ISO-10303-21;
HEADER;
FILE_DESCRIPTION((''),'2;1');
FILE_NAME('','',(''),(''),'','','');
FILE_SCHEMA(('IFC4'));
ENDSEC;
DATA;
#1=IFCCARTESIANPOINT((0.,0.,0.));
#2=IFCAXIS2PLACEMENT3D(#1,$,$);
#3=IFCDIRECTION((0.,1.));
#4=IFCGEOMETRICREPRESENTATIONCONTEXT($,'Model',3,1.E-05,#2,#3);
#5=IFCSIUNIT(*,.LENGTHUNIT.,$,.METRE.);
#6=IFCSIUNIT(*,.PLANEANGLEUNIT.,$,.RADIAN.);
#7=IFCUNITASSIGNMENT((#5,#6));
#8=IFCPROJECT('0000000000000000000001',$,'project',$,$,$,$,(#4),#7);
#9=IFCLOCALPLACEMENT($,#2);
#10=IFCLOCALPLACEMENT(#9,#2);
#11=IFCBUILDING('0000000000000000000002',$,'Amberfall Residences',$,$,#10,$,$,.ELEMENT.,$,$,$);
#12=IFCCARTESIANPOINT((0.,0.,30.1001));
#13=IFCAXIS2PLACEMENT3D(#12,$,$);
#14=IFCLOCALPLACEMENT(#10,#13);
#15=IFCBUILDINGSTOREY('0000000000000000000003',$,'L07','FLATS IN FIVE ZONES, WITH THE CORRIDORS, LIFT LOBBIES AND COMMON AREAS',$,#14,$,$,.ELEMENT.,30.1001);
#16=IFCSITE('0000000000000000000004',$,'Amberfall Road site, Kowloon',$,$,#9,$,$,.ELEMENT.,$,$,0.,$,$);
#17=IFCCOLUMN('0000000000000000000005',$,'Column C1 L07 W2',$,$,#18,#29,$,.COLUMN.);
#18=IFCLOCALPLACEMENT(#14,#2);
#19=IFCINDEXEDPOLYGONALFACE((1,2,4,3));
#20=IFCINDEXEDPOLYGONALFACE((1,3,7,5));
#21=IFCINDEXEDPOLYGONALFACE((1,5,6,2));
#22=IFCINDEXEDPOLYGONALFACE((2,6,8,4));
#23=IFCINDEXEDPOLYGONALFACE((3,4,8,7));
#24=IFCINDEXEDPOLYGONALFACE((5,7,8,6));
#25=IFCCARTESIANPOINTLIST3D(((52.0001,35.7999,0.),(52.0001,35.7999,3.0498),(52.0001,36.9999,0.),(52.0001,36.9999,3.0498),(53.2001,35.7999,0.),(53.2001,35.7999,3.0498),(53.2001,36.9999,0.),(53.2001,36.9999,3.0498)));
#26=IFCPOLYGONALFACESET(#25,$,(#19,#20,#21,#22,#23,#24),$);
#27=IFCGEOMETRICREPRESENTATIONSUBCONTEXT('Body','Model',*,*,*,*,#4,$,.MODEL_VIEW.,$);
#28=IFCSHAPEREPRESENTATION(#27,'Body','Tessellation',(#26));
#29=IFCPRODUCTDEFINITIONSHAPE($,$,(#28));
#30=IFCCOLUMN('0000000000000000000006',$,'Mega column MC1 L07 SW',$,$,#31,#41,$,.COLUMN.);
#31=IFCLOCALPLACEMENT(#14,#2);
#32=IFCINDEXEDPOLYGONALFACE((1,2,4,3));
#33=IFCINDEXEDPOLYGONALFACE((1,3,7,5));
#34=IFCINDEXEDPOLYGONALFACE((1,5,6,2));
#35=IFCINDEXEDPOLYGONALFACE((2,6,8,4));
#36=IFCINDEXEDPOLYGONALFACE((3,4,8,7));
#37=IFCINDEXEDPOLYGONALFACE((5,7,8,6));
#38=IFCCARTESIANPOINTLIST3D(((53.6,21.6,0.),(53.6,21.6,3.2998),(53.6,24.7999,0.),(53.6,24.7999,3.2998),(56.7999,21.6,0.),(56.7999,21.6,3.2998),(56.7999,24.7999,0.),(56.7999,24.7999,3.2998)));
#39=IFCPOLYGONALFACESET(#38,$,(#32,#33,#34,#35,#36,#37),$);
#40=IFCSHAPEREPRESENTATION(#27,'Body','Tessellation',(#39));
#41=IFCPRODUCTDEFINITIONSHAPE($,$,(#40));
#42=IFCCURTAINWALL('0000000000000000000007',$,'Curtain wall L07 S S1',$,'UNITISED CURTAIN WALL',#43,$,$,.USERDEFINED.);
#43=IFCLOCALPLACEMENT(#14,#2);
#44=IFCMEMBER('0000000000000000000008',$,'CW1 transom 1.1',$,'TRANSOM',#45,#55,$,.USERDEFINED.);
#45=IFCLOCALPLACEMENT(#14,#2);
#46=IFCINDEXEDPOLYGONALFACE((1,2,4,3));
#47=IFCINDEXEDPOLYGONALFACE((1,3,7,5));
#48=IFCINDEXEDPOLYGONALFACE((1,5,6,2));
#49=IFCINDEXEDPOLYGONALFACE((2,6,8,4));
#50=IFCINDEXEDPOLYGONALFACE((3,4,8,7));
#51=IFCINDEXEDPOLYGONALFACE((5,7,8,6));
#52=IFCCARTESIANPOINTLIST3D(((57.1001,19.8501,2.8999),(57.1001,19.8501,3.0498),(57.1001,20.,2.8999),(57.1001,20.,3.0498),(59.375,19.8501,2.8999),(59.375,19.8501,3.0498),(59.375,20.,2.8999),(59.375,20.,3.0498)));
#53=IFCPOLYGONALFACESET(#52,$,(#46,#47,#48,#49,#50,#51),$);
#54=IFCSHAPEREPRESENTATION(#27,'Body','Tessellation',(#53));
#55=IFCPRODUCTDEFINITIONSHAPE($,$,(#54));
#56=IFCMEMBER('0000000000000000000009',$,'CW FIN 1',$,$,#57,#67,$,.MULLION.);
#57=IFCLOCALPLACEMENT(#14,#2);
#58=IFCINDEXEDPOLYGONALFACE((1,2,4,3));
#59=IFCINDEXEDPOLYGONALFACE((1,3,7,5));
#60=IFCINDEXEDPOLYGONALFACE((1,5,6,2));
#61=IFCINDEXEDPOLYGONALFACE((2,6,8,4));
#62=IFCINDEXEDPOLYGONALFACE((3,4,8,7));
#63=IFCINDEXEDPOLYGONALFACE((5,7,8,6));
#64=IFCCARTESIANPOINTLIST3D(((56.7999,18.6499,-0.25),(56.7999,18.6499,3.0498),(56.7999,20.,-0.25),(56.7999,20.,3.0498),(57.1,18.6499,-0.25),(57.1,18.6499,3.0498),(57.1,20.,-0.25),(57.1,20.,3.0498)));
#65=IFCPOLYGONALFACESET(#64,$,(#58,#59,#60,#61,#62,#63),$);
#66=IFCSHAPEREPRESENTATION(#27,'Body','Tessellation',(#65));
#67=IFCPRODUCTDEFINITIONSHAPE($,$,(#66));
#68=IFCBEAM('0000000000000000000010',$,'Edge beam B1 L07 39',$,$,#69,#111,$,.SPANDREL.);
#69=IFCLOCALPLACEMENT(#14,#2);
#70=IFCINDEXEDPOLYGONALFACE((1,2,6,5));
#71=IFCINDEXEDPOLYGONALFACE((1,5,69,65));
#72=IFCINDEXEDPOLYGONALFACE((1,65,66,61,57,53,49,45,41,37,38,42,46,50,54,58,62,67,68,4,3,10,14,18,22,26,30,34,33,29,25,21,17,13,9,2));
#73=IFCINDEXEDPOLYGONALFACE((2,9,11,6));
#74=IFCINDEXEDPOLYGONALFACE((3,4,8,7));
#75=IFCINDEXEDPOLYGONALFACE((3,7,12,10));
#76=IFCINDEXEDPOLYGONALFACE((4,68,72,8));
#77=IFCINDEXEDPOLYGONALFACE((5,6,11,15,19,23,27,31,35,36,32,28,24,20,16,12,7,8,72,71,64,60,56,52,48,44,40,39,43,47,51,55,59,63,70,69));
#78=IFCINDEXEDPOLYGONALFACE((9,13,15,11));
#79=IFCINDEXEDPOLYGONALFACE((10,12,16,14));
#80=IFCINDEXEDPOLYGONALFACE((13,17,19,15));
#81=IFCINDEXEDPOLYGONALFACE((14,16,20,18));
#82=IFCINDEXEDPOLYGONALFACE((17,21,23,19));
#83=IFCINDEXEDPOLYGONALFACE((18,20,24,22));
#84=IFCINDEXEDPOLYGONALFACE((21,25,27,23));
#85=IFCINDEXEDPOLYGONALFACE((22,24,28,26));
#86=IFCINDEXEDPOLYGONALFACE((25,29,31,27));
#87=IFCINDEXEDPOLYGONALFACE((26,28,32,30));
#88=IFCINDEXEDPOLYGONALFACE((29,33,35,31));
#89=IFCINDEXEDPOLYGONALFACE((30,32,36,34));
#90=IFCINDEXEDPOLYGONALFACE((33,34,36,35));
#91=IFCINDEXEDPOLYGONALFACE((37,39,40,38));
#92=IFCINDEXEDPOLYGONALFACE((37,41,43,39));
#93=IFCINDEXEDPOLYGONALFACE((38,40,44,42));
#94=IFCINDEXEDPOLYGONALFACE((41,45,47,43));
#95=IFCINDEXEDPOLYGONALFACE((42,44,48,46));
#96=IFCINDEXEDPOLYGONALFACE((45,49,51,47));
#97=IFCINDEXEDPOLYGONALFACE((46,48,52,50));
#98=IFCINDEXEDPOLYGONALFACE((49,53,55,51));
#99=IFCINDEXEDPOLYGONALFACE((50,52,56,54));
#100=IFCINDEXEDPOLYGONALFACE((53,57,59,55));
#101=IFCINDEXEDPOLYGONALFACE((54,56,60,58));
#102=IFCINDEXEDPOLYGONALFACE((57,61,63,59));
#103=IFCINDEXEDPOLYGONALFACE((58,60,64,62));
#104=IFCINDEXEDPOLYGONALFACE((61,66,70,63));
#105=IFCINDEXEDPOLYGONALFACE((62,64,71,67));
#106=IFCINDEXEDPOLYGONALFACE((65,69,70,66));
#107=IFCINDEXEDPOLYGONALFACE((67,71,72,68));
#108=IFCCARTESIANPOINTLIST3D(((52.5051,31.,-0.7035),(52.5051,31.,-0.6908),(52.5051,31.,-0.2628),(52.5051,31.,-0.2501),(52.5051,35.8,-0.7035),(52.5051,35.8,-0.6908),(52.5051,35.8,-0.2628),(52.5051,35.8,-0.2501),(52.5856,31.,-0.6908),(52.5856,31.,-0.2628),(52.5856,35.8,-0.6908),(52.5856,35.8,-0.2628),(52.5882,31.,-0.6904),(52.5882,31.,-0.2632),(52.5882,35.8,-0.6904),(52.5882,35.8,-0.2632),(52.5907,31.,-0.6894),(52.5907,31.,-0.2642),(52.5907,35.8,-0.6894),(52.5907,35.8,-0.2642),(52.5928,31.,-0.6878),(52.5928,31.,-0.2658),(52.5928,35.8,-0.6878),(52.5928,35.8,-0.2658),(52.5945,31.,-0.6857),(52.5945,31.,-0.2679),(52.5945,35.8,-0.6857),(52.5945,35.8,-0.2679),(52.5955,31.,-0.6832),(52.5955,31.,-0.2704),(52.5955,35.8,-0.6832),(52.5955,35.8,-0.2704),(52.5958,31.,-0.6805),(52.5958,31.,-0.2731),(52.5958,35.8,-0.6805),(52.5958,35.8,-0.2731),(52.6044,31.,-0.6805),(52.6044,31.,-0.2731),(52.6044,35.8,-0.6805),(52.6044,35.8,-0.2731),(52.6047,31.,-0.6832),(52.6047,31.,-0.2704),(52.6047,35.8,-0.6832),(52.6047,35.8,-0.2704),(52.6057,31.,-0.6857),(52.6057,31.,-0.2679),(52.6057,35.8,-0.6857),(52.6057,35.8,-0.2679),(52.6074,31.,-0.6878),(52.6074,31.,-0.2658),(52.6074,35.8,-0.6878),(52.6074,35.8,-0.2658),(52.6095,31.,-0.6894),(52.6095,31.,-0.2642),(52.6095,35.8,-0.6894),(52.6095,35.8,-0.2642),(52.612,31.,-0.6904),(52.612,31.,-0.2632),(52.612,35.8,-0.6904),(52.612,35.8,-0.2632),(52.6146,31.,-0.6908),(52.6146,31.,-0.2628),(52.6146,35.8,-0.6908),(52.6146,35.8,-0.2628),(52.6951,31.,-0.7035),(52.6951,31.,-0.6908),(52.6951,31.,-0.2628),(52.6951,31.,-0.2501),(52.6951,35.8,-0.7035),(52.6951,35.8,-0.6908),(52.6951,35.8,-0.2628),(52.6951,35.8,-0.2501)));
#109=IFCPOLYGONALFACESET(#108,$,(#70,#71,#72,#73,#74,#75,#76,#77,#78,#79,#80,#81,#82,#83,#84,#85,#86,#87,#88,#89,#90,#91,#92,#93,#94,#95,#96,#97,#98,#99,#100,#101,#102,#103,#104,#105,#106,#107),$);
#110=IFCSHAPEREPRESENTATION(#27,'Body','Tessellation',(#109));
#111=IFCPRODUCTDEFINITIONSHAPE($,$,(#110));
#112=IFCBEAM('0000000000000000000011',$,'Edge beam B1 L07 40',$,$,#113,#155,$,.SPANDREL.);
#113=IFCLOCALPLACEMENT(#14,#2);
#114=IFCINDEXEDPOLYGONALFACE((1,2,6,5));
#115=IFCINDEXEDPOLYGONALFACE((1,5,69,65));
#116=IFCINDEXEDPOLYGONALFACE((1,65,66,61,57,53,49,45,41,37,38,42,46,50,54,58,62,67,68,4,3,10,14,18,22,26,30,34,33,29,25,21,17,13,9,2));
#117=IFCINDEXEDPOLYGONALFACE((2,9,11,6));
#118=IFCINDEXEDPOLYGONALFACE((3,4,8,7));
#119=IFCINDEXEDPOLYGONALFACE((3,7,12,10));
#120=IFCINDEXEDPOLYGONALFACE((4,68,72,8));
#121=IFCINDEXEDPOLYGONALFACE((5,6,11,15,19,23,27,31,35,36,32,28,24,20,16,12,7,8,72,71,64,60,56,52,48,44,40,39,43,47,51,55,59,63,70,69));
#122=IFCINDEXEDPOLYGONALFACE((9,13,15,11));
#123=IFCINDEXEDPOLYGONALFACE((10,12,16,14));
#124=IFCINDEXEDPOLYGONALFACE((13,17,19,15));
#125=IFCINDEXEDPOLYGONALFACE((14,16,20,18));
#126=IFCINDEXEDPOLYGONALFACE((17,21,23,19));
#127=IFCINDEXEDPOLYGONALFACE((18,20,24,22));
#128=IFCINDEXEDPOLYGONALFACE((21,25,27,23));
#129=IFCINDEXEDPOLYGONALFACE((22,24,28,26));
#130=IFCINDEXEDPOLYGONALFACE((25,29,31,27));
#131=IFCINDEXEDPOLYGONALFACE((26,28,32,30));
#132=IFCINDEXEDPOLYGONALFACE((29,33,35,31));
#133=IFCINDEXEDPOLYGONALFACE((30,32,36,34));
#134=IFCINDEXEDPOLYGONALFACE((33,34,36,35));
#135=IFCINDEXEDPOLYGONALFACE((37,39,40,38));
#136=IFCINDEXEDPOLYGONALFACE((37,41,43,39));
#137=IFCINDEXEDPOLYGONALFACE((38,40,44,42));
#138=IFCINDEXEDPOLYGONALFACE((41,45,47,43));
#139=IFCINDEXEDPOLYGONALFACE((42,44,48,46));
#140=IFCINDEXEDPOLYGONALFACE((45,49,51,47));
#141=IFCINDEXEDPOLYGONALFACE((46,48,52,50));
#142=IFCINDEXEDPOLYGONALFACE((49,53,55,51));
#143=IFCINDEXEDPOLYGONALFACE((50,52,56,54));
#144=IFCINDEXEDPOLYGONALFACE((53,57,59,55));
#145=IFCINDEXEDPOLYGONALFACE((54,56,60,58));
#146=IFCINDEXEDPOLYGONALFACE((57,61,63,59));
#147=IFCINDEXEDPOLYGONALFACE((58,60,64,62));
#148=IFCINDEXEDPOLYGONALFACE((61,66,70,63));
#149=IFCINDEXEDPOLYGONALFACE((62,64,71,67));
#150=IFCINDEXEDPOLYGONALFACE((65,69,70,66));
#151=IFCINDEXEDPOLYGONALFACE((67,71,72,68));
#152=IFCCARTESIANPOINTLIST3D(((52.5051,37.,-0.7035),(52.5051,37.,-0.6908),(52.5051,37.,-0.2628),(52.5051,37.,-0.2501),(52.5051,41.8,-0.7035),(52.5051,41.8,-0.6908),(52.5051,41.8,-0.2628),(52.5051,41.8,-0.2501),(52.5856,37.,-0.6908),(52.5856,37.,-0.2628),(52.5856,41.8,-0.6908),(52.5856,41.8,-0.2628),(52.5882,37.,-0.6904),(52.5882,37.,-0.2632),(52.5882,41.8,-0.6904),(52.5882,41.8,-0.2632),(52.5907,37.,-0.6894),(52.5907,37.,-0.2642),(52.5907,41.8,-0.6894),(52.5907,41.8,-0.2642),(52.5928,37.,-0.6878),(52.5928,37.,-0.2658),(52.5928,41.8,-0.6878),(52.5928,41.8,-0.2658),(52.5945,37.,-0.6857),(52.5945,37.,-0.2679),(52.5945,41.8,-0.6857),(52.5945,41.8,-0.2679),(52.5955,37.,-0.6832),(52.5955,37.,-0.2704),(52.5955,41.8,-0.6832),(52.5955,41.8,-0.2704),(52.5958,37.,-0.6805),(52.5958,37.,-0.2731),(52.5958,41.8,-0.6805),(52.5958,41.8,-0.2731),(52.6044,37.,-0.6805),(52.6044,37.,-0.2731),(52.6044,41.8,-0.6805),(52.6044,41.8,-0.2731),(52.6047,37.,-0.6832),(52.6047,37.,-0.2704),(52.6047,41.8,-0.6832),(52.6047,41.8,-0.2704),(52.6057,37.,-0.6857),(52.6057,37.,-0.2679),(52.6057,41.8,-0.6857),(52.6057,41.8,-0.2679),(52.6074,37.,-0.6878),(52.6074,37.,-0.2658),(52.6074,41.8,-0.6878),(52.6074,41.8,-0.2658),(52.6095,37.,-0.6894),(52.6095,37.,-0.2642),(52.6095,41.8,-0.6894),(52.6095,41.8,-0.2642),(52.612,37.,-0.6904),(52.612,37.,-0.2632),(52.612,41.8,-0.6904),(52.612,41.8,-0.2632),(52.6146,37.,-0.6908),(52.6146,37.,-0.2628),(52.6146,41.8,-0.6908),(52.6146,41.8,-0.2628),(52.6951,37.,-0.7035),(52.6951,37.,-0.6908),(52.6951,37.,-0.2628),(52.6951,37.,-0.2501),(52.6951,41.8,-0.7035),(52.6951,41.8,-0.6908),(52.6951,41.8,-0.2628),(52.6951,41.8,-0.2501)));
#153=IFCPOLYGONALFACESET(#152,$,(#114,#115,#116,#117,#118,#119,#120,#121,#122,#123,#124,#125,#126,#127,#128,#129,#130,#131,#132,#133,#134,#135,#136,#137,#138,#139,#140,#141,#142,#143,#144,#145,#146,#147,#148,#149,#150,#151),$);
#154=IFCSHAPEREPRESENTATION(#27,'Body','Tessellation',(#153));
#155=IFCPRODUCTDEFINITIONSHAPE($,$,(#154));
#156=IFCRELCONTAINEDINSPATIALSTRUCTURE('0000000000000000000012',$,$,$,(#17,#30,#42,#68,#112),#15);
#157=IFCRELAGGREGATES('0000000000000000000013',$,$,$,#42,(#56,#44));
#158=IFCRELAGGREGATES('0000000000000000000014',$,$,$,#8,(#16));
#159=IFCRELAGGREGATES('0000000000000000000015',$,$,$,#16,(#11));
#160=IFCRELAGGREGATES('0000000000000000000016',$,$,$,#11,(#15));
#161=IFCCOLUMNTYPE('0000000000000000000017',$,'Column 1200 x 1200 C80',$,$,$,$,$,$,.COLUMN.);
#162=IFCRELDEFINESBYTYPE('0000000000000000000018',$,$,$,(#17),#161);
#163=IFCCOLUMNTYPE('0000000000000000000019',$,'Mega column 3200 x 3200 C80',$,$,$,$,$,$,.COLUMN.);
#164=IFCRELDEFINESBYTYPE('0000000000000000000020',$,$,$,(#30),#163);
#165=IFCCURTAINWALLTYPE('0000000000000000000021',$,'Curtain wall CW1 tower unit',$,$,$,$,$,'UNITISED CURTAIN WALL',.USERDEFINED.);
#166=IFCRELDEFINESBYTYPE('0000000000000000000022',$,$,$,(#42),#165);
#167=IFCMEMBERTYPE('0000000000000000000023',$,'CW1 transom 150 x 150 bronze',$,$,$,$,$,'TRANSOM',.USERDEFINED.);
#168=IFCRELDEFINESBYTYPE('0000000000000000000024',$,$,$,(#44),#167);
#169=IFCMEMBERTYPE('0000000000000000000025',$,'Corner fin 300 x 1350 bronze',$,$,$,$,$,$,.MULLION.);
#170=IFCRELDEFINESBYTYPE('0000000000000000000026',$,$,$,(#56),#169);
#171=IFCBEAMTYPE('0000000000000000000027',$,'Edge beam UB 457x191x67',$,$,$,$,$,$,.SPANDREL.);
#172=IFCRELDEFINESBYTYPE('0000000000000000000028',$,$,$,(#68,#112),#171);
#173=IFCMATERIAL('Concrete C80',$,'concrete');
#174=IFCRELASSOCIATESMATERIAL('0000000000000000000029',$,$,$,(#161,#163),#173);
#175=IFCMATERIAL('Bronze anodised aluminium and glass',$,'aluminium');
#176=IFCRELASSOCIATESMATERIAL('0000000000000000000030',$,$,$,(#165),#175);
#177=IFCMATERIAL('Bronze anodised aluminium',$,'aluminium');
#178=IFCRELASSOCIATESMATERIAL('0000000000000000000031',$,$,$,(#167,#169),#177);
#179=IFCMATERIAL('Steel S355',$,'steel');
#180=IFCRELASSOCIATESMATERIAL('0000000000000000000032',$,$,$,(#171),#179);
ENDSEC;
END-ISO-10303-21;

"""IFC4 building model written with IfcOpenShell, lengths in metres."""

from ifc_helpers import new_model, si_unit, direction, frame, origin, origin_2d, place, context, subcontext, project, spatial, rectangle, i_section, extrude, material, material_profile, profile_set, type_object, element, aggregate, save


model = new_model("IFC4")

# Units and contexts
model_context = context("Model", 3, precision=1e-05, world=origin(), true_north=direction((0.0, 1.0)))
body_context = subcontext(model_context, "Body", "Model", "MODEL_VIEW")
ifc_project = project(units=[si_unit("LENGTHUNIT", "METRE"), si_unit("PLANEANGLEUNIT", "RADIAN")], contexts=[model_context])

# Site, building, storey
site_placement = place(None, origin())
site = spatial("IfcSite", under=ifc_project, at=site_placement, Name="Amberfall Road site, Kowloon", CompositionType="ELEMENT", RefElevation=0.0)
building_placement = place(site_placement, origin())
building = spatial("IfcBuilding", under=site, at=building_placement, Name="Amberfall Residences", CompositionType="ELEMENT")
storey_placement = place(building_placement, frame((0.0, 0.0, 30.1001)))
storey = spatial("IfcBuildingStorey", under=building, at=storey_placement, Name="L07", Description="FLATS IN FIVE ZONES, WITH THE CORRIDORS, LIFT LOBBIES AND COMMON AREAS", CompositionType="ELEMENT", Elevation=30.1001)

# Columns
ifc_material_1 = material(Name="Concrete C80", Category="concrete")
ifc_material_profile_1 = material_profile(ifc_material_1, rectangle(XDim=1.2, YDim=1.2, at=origin_2d()), Name="Column 1200 x 1200 C80")
ifc_profile_set_1 = profile_set([ifc_material_profile_1], Name="Concrete C80")
column_type_1 = type_object("IfcColumnType", Name="Column 1200 x 1200 C80", PredefinedType="COLUMN", material=ifc_profile_set_1)
column_1_placement = place(storey_placement, frame((52.6001, 36.3999, 0.0), z_axis=(0.0, 0.0, 1.0), x_axis=(1.0, 0.0, 0.0)))
element("IfcColumn", 1, at=column_1_placement, inside=storey, type_object=column_type_1, Name="Column C1 L07 W2", PredefinedType="COLUMN", context=body_context, shape_type="SweptSolid", body=[
    extrude(rectangle(XDim=1.2, YDim=1.2, at=origin_2d()), origin(), (0.0, 0.0, 1.0), 3.0498),
])
ifc_material_profile_2 = material_profile(ifc_material_1, rectangle(XDim=3.2, YDim=3.2, at=origin_2d()), Name="Mega column 3200 x 3200 C80")
ifc_profile_set_2 = profile_set([ifc_material_profile_2], Name="Concrete C80")
column_type_2 = type_object("IfcColumnType", Name="Mega column 3200 x 3200 C80", PredefinedType="COLUMN", material=ifc_profile_set_2)
column_2_placement = place(storey_placement, frame((55.2, 23.2, 0.0), z_axis=(0.0, 0.0, 1.0), x_axis=(1.0, 0.0, 0.0)))
element("IfcColumn", 2, at=column_2_placement, inside=storey, type_object=column_type_2, Name="Mega column MC1 L07 SW", PredefinedType="COLUMN", context=body_context, shape_type="SweptSolid", body=[
    extrude(rectangle(XDim=3.2, YDim=3.2, at=origin_2d()), origin(), (0.0, 0.0, 1.0), 3.2998),
])

# Curtain wall, members
ifc_material_2 = material(Name="Bronze anodised aluminium and glass", Category="aluminium")
curtain_wall_type = type_object("IfcCurtainWallType", Name="Curtain wall CW1 tower unit", ElementType="UNITISED CURTAIN WALL", PredefinedType="USERDEFINED", material=ifc_material_2)
curtain_wall_placement = place(storey_placement, origin())
curtain_wall = element("IfcCurtainWall", 3, at=curtain_wall_placement, inside=storey, type_object=curtain_wall_type, Name="Curtain wall L07 S S1", ObjectType="UNITISED CURTAIN WALL", PredefinedType="USERDEFINED")
ifc_material_3 = material(Name="Bronze anodised aluminium", Category="aluminium")
ifc_material_profile_3 = material_profile(ifc_material_3, rectangle(XDim=0.1499, YDim=0.1499, at=origin_2d()), Name="CW1 transom 150 x 150 bronze")
ifc_profile_set_3 = profile_set([ifc_material_profile_3], Name="Bronze anodised aluminium")
member_type_1 = type_object("IfcMemberType", Name="CW1 transom 150 x 150 bronze", ElementType="TRANSOM", PredefinedType="USERDEFINED", material=ifc_profile_set_3)
member_1_placement = place(storey_placement, frame((57.1001, 19.925, 2.9749), z_axis=(1.0, 0.0, 0.0), x_axis=(0.0, 1.0, 0.0)))
member_1 = element("IfcMember", 4, at=member_1_placement, type_object=member_type_1, Name="CW1 transom 1.1", ObjectType="TRANSOM", PredefinedType="USERDEFINED", context=body_context, shape_type="SweptSolid", body=[
    extrude(rectangle(XDim=0.1499, YDim=0.1499, at=origin_2d()), origin(), (0.0, 0.0, 1.0), 2.2749),
])
ifc_material_profile_4 = material_profile(ifc_material_3, rectangle(XDim=1.3501, YDim=0.3, at=origin_2d()), Name="Corner fin 300 x 1350 bronze")
ifc_profile_set_4 = profile_set([ifc_material_profile_4], Name="Bronze anodised aluminium")
member_type_2 = type_object("IfcMemberType", Name="Corner fin 300 x 1350 bronze", PredefinedType="MULLION", material=ifc_profile_set_4)
member_2_placement = place(storey_placement, frame((56.95, 19.325, -0.25), z_axis=(0.0, 0.0, 1.0), x_axis=(0.0, 1.0, 0.0)))
member_2 = element("IfcMember", 5, at=member_2_placement, type_object=member_type_2, Name="CW FIN 1", PredefinedType="MULLION", context=body_context, shape_type="SweptSolid", body=[
    extrude(rectangle(XDim=1.3501, YDim=0.3, at=origin_2d()), origin(), (0.0, 0.0, 1.0), 3.2998),
])

# Beams
ifc_material_4 = material(Name="Steel S355", Category="steel")
ifc_material_profile_5 = material_profile(ifc_material_4, i_section(OverallWidth=0.1899, OverallDepth=0.4534, WebThickness=0.0085, FlangeThickness=0.0127, FilletRadius=0.0103, at=origin_2d()), Name="UB 457x191x67")
ifc_profile_set_5 = profile_set([ifc_material_profile_5], Name="Steel S355")
beam_type_1 = type_object("IfcBeamType", Name="Edge beam UB 457x191x67", PredefinedType="SPANDREL", material=ifc_profile_set_5)
for number, where, z_axis, x_axis, name in (
    (6, (52.6001, 31.0, -0.4768), (0.0, 1.0, 0.0), (-1.0, 0.0, 0.0), "Edge beam B1 L07 39"),
    (7, (52.6001, 37.0, -0.4768), (0.0, 1.0, 0.0), (-1.0, 0.0, 0.0), "Edge beam B1 L07 40"),
):
    element("IfcBeam", number, at=place(storey_placement, frame(where, z_axis=z_axis, x_axis=x_axis)), inside=storey, type_object=beam_type_1, Name=name, PredefinedType="SPANDREL", context=body_context, shape_type="SweptSolid", body=[
        extrude(i_section(OverallWidth=0.1899, OverallDepth=0.4534, WebThickness=0.0085, FlangeThickness=0.0127, FilletRadius=0.0103, at=origin_2d()), origin(), (0.0, 0.0, 1.0), 4.8),
    ])

aggregate(curtain_wall, [member_2, member_1])

save(model, "model.ifc")
